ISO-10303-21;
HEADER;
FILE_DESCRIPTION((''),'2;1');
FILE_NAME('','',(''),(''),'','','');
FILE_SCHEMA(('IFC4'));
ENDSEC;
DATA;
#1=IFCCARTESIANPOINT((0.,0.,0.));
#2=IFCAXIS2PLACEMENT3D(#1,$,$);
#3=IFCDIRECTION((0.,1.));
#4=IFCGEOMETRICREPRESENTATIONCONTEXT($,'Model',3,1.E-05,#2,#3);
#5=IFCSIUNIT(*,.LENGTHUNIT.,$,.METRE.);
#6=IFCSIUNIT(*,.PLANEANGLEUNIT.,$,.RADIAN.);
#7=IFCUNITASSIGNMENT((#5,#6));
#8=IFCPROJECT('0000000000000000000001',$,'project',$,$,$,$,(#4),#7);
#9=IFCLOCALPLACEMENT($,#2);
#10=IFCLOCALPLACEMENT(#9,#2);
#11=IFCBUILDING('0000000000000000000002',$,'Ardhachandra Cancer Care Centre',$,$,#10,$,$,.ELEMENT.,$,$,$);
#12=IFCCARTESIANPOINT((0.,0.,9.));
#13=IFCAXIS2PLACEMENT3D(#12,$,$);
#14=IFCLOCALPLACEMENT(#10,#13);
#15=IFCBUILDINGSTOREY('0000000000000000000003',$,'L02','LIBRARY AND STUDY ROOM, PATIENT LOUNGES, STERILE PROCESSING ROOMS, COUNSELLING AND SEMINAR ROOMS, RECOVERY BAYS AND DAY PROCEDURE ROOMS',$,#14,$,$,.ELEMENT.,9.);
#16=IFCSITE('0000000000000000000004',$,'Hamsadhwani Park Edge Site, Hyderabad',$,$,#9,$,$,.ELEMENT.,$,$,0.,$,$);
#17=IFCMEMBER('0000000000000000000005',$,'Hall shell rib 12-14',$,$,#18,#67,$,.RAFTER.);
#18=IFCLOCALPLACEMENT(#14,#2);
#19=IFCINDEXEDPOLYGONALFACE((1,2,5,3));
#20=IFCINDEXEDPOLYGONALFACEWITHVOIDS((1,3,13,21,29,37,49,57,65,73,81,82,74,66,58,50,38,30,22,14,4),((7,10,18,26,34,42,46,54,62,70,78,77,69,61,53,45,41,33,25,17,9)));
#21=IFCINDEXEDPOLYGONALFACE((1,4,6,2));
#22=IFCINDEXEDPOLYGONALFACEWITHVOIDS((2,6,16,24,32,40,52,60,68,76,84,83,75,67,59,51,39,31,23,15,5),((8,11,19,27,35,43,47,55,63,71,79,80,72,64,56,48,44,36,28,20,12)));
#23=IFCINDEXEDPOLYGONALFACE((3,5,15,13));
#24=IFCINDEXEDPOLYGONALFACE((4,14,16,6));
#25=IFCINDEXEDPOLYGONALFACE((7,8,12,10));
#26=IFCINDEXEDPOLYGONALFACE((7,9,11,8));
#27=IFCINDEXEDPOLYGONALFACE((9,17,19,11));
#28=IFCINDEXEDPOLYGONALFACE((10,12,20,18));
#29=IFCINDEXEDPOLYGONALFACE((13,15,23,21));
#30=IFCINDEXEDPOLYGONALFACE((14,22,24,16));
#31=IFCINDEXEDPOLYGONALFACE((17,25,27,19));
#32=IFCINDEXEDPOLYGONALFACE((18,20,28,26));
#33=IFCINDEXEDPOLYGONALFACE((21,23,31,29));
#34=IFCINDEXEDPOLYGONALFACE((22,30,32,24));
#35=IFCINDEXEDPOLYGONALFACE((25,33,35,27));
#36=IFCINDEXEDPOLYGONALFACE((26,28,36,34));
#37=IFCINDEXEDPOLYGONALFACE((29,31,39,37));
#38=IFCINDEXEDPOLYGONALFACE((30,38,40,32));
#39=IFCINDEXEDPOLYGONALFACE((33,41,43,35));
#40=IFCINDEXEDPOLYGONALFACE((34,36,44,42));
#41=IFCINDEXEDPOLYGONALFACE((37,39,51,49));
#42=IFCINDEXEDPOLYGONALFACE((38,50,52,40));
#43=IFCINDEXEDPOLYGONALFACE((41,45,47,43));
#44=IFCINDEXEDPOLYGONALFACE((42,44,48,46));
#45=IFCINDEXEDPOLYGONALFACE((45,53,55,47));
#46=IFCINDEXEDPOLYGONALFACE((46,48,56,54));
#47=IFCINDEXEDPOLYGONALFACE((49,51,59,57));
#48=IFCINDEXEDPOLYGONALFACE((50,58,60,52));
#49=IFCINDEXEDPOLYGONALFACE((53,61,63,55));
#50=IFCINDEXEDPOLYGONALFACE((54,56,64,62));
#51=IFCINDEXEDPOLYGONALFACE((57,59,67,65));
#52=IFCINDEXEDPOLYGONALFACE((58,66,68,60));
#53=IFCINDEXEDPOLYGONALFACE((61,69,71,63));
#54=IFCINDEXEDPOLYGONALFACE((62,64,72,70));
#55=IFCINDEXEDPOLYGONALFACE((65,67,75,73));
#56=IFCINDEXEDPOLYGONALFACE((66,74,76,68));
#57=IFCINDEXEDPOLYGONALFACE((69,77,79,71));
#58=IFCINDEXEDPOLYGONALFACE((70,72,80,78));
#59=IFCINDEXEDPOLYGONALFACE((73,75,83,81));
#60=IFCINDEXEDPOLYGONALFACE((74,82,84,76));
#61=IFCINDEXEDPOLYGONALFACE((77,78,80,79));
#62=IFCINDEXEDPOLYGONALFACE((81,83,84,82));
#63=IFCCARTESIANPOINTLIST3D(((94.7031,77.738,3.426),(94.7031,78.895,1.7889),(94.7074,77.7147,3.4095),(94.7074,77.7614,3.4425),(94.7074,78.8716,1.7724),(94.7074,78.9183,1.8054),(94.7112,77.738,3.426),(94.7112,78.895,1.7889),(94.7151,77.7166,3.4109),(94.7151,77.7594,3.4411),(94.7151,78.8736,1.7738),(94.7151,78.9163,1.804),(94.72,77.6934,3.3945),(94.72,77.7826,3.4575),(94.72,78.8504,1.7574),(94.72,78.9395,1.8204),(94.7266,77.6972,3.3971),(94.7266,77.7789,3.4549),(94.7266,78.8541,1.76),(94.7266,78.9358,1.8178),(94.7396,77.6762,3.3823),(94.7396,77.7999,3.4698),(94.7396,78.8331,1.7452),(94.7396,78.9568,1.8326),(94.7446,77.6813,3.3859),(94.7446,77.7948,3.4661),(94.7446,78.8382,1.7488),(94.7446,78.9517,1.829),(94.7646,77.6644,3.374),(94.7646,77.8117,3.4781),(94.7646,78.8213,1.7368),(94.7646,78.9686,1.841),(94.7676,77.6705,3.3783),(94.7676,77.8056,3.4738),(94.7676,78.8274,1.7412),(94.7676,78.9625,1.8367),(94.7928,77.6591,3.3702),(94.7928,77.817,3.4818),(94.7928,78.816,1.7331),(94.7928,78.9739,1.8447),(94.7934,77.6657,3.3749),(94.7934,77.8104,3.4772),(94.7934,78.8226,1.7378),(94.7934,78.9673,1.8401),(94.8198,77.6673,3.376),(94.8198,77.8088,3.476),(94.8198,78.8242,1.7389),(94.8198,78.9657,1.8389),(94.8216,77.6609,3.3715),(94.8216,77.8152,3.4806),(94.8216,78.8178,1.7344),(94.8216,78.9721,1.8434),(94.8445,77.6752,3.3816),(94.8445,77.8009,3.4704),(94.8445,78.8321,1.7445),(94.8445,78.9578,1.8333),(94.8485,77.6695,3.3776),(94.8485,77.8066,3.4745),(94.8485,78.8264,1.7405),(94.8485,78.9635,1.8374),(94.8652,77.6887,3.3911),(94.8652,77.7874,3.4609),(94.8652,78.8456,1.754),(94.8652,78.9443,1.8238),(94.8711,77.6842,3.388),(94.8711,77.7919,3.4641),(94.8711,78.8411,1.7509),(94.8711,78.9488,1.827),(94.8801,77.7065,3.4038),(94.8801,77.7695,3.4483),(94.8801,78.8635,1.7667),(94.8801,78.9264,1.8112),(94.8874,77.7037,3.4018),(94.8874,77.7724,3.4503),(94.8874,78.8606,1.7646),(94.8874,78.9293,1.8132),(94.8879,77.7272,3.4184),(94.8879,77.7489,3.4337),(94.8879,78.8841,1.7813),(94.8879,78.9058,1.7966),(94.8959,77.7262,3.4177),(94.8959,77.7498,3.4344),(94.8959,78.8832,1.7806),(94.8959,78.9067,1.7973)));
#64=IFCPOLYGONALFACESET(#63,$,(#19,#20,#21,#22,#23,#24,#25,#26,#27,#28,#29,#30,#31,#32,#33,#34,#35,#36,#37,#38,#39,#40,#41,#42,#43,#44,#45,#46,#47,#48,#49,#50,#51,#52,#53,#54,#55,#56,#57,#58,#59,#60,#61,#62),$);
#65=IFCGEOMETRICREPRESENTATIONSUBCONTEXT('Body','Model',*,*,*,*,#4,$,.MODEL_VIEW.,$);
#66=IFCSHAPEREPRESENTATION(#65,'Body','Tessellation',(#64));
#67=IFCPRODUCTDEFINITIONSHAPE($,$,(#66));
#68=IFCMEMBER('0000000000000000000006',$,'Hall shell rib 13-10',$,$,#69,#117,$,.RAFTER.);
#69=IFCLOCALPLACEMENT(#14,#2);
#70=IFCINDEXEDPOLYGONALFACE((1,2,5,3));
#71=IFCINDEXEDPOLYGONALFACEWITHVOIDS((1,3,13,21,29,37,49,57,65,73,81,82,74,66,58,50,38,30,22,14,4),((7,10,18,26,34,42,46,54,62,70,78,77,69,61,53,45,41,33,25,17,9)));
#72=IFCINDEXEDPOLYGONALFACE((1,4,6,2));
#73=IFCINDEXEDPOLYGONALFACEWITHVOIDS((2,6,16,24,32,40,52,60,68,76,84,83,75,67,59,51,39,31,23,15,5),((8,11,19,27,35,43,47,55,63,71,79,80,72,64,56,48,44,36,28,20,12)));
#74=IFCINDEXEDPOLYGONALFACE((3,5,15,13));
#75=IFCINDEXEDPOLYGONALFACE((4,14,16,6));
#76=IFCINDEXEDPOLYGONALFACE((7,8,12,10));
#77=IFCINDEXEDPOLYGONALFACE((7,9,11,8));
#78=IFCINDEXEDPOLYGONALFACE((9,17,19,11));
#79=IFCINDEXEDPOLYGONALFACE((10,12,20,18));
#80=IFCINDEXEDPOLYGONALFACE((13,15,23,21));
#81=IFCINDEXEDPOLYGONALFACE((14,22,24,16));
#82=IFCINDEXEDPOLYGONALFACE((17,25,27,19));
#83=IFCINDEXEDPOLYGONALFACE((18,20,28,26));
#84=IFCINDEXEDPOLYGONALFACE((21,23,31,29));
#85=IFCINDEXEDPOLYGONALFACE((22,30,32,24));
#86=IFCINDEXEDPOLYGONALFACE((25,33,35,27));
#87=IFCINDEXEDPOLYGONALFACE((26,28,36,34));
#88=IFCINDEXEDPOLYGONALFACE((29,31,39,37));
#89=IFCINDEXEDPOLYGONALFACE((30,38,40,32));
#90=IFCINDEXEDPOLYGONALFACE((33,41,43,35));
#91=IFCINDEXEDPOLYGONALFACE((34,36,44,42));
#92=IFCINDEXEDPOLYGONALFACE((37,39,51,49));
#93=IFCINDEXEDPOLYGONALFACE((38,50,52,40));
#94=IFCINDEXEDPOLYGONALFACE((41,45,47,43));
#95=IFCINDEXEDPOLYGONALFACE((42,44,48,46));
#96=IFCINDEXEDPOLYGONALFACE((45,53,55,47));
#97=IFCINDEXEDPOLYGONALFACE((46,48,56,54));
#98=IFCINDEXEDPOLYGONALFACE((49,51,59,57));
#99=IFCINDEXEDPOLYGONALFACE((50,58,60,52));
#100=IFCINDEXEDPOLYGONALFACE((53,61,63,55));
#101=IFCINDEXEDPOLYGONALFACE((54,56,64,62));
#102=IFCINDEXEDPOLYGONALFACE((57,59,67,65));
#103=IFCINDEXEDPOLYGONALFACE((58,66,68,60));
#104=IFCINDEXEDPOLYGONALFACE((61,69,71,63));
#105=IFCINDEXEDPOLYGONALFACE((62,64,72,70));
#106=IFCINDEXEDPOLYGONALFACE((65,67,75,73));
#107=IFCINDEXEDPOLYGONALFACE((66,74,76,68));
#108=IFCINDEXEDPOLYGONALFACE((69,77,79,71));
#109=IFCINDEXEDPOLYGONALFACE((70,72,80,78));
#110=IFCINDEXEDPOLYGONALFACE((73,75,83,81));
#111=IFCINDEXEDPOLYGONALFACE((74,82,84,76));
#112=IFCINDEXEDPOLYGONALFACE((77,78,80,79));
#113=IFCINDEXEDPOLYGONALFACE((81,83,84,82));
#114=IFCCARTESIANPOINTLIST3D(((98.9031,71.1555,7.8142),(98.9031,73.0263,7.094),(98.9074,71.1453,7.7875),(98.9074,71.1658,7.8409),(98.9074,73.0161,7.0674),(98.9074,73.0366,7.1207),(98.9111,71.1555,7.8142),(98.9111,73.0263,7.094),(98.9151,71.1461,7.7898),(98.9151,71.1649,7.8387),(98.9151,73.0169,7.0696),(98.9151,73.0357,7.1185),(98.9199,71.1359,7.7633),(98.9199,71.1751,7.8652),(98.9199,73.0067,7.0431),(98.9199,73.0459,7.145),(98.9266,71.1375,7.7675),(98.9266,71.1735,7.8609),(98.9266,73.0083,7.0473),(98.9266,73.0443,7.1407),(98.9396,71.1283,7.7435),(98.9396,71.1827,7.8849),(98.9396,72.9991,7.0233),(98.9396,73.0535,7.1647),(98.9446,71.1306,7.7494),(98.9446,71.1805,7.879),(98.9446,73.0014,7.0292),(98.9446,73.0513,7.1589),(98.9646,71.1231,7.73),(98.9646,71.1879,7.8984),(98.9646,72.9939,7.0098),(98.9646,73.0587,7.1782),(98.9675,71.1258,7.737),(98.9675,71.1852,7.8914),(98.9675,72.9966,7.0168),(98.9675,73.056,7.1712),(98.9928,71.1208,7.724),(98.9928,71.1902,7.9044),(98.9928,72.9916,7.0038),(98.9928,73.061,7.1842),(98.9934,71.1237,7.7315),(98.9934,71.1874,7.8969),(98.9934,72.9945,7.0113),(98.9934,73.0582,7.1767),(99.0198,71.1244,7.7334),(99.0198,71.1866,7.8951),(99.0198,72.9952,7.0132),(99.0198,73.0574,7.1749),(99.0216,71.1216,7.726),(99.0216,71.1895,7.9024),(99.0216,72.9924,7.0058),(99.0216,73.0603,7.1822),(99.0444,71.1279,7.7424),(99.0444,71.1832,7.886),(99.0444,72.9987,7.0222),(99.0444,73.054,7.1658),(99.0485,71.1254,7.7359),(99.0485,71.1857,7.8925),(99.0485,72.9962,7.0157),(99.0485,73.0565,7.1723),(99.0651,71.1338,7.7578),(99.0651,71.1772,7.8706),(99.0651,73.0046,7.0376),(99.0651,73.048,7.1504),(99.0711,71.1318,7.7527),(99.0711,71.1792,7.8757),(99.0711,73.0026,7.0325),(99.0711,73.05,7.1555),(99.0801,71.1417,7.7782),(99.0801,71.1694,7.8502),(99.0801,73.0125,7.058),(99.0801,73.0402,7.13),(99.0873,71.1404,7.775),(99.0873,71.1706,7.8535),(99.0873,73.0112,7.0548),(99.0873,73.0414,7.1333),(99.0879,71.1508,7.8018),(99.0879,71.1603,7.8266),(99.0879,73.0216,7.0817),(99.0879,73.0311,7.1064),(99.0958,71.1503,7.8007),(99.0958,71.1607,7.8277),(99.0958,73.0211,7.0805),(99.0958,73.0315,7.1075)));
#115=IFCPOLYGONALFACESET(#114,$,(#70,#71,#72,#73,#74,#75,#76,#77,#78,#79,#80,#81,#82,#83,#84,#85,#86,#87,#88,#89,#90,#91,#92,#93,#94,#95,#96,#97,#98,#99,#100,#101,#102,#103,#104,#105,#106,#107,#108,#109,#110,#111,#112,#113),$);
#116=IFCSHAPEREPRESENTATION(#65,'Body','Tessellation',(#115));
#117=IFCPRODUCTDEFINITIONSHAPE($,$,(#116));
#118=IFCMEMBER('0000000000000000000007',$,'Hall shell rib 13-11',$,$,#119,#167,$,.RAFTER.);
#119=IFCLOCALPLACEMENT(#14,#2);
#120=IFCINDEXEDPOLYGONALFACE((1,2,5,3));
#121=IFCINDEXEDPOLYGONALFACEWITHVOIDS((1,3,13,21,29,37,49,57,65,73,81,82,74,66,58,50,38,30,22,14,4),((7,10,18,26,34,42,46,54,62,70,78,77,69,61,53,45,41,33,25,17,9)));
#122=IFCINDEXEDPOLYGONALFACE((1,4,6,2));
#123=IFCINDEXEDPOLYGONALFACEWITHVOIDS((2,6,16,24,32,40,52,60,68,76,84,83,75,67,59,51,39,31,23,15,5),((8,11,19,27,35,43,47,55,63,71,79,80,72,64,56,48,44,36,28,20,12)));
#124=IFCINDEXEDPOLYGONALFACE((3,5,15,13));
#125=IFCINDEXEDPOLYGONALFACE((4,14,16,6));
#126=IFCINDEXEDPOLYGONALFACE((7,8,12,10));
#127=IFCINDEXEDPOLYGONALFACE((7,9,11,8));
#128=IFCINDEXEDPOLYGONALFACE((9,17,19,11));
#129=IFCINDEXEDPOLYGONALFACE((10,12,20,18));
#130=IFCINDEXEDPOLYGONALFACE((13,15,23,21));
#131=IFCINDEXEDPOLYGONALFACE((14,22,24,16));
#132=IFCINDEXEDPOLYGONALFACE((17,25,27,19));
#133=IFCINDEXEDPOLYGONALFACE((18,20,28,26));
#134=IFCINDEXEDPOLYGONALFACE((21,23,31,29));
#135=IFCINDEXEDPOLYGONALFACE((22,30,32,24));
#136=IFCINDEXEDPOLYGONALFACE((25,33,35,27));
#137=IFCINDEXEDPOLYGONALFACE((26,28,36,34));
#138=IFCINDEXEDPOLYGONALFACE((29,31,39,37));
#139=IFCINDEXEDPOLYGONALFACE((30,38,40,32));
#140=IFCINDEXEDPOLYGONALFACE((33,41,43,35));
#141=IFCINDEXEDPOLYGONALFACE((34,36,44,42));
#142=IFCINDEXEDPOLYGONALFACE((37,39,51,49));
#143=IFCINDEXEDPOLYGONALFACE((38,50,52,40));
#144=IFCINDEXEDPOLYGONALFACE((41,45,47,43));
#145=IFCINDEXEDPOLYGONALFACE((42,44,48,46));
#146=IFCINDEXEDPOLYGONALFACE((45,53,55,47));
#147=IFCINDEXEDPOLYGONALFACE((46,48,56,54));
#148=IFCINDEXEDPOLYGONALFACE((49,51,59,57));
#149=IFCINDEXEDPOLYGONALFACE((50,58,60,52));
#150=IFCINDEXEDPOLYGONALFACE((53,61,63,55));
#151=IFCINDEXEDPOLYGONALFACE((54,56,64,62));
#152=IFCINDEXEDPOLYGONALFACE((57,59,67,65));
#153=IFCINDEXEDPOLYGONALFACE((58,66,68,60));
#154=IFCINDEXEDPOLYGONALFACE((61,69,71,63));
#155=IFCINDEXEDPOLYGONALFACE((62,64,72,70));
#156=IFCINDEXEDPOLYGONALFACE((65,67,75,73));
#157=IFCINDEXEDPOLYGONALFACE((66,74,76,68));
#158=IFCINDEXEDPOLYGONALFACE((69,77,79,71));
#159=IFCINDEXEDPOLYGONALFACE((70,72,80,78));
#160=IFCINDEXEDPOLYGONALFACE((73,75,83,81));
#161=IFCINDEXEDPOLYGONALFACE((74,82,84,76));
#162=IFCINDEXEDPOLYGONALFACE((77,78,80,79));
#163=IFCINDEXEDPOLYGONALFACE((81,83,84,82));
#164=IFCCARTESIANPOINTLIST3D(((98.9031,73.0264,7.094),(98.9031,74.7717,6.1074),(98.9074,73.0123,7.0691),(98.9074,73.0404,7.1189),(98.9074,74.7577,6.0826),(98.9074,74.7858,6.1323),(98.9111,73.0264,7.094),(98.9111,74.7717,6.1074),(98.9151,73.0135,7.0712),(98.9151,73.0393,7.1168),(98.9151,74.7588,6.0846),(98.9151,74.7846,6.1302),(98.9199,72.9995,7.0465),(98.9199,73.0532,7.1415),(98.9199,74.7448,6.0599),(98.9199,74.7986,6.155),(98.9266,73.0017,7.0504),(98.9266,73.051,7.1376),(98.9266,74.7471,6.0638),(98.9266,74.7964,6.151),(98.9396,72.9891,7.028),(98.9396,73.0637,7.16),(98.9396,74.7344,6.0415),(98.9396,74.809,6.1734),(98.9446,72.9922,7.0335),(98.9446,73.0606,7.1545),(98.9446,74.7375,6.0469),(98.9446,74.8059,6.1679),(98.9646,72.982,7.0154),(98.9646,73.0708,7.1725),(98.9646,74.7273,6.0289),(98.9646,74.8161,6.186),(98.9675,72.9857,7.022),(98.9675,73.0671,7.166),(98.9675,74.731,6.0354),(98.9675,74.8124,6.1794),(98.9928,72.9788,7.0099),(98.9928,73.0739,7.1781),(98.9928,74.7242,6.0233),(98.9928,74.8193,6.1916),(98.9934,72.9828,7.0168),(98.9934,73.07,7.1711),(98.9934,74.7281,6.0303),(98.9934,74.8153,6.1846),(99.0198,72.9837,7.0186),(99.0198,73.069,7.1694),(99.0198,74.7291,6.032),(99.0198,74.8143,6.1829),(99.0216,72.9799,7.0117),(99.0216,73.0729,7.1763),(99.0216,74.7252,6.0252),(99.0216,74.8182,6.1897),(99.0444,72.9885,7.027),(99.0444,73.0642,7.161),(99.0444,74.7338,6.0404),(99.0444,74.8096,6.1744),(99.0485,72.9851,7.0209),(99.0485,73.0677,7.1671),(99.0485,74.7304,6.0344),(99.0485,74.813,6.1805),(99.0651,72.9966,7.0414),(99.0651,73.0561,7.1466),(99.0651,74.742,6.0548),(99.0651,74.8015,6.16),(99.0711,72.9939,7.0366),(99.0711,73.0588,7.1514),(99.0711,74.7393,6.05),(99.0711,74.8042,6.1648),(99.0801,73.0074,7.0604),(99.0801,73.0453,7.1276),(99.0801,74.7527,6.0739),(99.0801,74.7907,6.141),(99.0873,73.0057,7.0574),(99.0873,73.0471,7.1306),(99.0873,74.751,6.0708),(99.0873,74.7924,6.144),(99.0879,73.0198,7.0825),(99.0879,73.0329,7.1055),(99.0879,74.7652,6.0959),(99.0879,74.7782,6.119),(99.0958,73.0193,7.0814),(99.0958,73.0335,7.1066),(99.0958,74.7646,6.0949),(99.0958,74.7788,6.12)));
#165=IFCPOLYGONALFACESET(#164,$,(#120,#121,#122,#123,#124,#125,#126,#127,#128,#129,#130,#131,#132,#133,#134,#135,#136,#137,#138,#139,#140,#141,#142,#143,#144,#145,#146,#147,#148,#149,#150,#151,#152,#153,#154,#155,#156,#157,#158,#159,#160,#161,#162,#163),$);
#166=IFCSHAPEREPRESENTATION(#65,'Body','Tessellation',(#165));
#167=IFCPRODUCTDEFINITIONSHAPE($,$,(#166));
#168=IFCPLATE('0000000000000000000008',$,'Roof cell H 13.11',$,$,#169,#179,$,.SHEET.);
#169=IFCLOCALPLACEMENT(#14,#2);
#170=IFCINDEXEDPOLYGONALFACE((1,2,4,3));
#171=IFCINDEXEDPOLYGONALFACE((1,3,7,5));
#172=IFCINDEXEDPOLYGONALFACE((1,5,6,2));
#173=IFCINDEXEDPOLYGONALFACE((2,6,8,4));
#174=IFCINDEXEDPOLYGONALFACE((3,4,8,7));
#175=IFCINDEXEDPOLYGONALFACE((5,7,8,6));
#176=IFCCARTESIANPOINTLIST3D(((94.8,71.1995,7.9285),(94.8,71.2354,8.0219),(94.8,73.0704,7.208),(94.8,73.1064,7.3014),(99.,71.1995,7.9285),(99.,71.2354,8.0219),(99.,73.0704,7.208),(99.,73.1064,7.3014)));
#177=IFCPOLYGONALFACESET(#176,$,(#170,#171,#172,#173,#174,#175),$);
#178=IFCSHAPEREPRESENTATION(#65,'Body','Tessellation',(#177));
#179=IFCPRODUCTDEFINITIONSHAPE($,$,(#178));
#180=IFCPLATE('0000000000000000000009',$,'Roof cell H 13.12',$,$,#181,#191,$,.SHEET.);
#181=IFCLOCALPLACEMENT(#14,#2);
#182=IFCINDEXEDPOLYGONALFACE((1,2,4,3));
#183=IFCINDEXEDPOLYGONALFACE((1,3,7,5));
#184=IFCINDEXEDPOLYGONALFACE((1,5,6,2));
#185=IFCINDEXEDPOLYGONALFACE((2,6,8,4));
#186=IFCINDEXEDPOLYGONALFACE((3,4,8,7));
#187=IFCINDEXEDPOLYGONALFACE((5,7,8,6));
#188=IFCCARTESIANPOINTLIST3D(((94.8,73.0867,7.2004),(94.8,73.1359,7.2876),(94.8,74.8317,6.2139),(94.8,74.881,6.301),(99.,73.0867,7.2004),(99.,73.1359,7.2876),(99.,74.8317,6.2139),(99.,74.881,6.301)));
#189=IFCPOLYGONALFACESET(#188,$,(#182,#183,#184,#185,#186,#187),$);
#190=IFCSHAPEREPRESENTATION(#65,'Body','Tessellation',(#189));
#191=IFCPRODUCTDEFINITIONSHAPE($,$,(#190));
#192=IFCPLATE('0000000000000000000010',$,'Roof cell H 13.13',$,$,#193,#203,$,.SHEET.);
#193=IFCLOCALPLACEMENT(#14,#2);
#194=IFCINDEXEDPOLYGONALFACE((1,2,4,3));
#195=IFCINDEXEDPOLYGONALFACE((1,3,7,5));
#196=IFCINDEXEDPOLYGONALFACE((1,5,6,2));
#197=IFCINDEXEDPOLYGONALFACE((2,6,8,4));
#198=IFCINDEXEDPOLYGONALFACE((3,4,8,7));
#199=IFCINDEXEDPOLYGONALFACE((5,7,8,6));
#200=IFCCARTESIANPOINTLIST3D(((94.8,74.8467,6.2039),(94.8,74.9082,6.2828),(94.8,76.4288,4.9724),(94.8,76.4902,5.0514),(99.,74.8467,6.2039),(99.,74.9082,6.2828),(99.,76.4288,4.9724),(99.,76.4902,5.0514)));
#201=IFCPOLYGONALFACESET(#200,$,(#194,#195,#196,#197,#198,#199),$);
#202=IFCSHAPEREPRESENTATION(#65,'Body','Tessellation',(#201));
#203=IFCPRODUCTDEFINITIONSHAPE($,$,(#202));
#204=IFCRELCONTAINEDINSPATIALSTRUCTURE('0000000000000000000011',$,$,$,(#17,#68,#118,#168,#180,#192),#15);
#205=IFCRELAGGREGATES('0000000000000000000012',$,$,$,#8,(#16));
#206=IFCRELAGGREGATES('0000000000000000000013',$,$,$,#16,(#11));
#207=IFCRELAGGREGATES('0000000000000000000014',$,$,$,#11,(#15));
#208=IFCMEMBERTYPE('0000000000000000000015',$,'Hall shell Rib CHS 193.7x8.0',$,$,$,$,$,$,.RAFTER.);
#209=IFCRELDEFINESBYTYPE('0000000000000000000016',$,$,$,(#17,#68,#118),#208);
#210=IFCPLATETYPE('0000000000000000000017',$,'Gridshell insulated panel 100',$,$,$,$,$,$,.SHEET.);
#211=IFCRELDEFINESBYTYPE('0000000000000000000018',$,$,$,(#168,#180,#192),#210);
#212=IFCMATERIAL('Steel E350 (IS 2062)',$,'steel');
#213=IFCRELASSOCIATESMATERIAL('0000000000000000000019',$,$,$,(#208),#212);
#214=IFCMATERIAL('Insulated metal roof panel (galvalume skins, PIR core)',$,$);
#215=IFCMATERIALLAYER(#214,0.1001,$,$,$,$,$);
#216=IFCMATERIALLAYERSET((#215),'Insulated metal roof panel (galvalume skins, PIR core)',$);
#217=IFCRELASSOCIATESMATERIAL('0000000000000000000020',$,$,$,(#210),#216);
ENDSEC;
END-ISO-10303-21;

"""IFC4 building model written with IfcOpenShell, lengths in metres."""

from ifc_helpers import new_model, si_unit, direction, frame, origin, origin_2d, place, context, subcontext, project, spatial, polyline, hollow_circle, outline, extrude, material, layer, layer_set, material_profile, profile_set, type_object, element, save


model = new_model("IFC4")

# Units and contexts
model_context = context("Model", 3, precision=1e-05, world=origin(), true_north=direction((0.0, 1.0)))
body_context = subcontext(model_context, "Body", "Model", "MODEL_VIEW")
ifc_project = project(units=[si_unit("LENGTHUNIT", "METRE"), si_unit("PLANEANGLEUNIT", "RADIAN")], contexts=[model_context])

# Site, building, storey
site_placement = place(None, origin())
site = spatial("IfcSite", under=ifc_project, at=site_placement, Name="Hamsadhwani Park Edge Site, Hyderabad", CompositionType="ELEMENT", RefElevation=0.0)
building_placement = place(site_placement, origin())
building = spatial("IfcBuilding", under=site, at=building_placement, Name="Ardhachandra Cancer Care Centre", CompositionType="ELEMENT")
storey_placement = place(building_placement, frame((0.0, 0.0, 9.0)))
storey = spatial("IfcBuildingStorey", under=building, at=storey_placement, Name="L02", Description="LIBRARY AND STUDY ROOM, PATIENT LOUNGES, STERILE PROCESSING ROOMS, COUNSELLING AND SEMINAR ROOMS, RECOVERY BAYS AND DAY PROCEDURE ROOMS", CompositionType="ELEMENT", Elevation=9.0)

# Members
ifc_material_1 = material(Name="Steel E350 (IS 2062)", Category="steel")
ifc_material_profile_1 = material_profile(ifc_material_1, hollow_circle(Radius=0.0969, WallThickness=0.0081, at=origin_2d()), Name="CHS 193.7x8.0")
ifc_profile_set_1 = profile_set([ifc_material_profile_1], Name="Steel E350 (IS 2062)")
member_type_1 = type_object("IfcMemberType", Name="Hall shell Rib CHS 193.7x8.0", PredefinedType="RAFTER", material=ifc_profile_set_1)
for number, where, z_axis, x_axis, name in (
    (1, (94.8, 77.738, 3.426), (0.0, 0.577118, -0.816661), (-1.0, 0.0, 0.0), "Hall shell rib 12-14"),
    (2, (99.0, 71.1555, 7.8142), (0.0, 0.933236, -0.359265), (-1.0, 0.0, 0.0), "Hall shell rib 13-10"),
):
    element("IfcMember", number, at=place(storey_placement, frame(where, z_axis=z_axis, x_axis=x_axis)), inside=storey, type_object=member_type_1, Name=name, PredefinedType="RAFTER", context=body_context, shape_type="SweptSolid", body=[
        extrude(hollow_circle(Radius=0.0969, WallThickness=0.0081, at=origin_2d()), origin(), (0.0, 0.0, 1.0), 2.0046),
    ])
member_1_placement = place(storey_placement, frame((99.0, 73.0264, 7.094), z_axis=(0.0, 0.870549, -0.492081), x_axis=(-1.0, 0.0, 0.0)))
element("IfcMember", 3, at=member_1_placement, inside=storey, type_object=member_type_1, Name="Hall shell rib 13-11", PredefinedType="RAFTER", context=body_context, shape_type="SweptSolid", body=[
    extrude(hollow_circle(Radius=0.0969, WallThickness=0.0081, at=origin_2d()), origin(), (0.0, 0.0, 1.0), 2.0049),
])

# Plates
ifc_material_2 = material(Name="Insulated metal roof panel (galvalume skins, PIR core)")
ifc_layer = layer(ifc_material_2, 0.1001)
ifc_layer_set = layer_set([ifc_layer], Name="Insulated metal roof panel (galvalume skins, PIR core)")
plate_type = type_object("IfcPlateType", Name="Gridshell insulated panel 100", PredefinedType="SHEET", material=ifc_layer_set)
plate_1_placement = place(storey_placement, frame((94.8, 71.1995, 7.9285), z_axis=(0.0, 0.359371, 0.933195), x_axis=(1.0, 0.0, 0.0)))
element("IfcPlate", 4, at=plate_1_placement, inside=storey, type_object=plate_type, Name="Roof cell H 13.11", PredefinedType="SHEET", context=body_context, shape_type="SweptSolid", body=[
    extrude(outline(polyline([(0.0, 0.0), (4.2, 0.0), (4.2, 2.0049), (0.0, 2.0049), (0.0, 0.0)])), origin(), (0.0, 0.0, 1.0), 0.1001),
])
plate_2_placement = place(storey_placement, frame((94.8, 73.0867, 7.2004), z_axis=(0.0, 0.492134, 0.87052), x_axis=(1.0, 0.0, 0.0)))
element("IfcPlate", 5, at=plate_2_placement, inside=storey, type_object=plate_type, Name="Roof cell H 13.12", PredefinedType="SHEET", context=body_context, shape_type="SweptSolid", body=[
    extrude(outline(polyline([(0.0, 0.0), (4.2, 0.0), (4.2, 2.0046), (0.0, 2.0046), (0.0, 0.0)])), origin(), (0.0, 0.0, 1.0), 0.1001),
])
for number, where, z_axis, x_axis, name in (
    (6, (94.8, 74.8467, 6.2039), (0.0, 0.614244, 0.789116), (1.0, 0.0, 0.0), "Roof cell H 13.13"),
):
    element("IfcPlate", number, at=place(storey_placement, frame(where, z_axis=z_axis, x_axis=x_axis)), inside=storey, type_object=plate_type, Name=name, PredefinedType="SHEET", context=body_context, shape_type="SweptSolid", body=[
        extrude(outline(polyline([(0.0, 0.0), (4.2, 0.0), (4.2, 2.0049), (0.0, 2.0049), (0.0, 0.0)])), origin(), (0.0, 0.0, 1.0), 0.1001),
    ])

save(model, "model.ifc")
